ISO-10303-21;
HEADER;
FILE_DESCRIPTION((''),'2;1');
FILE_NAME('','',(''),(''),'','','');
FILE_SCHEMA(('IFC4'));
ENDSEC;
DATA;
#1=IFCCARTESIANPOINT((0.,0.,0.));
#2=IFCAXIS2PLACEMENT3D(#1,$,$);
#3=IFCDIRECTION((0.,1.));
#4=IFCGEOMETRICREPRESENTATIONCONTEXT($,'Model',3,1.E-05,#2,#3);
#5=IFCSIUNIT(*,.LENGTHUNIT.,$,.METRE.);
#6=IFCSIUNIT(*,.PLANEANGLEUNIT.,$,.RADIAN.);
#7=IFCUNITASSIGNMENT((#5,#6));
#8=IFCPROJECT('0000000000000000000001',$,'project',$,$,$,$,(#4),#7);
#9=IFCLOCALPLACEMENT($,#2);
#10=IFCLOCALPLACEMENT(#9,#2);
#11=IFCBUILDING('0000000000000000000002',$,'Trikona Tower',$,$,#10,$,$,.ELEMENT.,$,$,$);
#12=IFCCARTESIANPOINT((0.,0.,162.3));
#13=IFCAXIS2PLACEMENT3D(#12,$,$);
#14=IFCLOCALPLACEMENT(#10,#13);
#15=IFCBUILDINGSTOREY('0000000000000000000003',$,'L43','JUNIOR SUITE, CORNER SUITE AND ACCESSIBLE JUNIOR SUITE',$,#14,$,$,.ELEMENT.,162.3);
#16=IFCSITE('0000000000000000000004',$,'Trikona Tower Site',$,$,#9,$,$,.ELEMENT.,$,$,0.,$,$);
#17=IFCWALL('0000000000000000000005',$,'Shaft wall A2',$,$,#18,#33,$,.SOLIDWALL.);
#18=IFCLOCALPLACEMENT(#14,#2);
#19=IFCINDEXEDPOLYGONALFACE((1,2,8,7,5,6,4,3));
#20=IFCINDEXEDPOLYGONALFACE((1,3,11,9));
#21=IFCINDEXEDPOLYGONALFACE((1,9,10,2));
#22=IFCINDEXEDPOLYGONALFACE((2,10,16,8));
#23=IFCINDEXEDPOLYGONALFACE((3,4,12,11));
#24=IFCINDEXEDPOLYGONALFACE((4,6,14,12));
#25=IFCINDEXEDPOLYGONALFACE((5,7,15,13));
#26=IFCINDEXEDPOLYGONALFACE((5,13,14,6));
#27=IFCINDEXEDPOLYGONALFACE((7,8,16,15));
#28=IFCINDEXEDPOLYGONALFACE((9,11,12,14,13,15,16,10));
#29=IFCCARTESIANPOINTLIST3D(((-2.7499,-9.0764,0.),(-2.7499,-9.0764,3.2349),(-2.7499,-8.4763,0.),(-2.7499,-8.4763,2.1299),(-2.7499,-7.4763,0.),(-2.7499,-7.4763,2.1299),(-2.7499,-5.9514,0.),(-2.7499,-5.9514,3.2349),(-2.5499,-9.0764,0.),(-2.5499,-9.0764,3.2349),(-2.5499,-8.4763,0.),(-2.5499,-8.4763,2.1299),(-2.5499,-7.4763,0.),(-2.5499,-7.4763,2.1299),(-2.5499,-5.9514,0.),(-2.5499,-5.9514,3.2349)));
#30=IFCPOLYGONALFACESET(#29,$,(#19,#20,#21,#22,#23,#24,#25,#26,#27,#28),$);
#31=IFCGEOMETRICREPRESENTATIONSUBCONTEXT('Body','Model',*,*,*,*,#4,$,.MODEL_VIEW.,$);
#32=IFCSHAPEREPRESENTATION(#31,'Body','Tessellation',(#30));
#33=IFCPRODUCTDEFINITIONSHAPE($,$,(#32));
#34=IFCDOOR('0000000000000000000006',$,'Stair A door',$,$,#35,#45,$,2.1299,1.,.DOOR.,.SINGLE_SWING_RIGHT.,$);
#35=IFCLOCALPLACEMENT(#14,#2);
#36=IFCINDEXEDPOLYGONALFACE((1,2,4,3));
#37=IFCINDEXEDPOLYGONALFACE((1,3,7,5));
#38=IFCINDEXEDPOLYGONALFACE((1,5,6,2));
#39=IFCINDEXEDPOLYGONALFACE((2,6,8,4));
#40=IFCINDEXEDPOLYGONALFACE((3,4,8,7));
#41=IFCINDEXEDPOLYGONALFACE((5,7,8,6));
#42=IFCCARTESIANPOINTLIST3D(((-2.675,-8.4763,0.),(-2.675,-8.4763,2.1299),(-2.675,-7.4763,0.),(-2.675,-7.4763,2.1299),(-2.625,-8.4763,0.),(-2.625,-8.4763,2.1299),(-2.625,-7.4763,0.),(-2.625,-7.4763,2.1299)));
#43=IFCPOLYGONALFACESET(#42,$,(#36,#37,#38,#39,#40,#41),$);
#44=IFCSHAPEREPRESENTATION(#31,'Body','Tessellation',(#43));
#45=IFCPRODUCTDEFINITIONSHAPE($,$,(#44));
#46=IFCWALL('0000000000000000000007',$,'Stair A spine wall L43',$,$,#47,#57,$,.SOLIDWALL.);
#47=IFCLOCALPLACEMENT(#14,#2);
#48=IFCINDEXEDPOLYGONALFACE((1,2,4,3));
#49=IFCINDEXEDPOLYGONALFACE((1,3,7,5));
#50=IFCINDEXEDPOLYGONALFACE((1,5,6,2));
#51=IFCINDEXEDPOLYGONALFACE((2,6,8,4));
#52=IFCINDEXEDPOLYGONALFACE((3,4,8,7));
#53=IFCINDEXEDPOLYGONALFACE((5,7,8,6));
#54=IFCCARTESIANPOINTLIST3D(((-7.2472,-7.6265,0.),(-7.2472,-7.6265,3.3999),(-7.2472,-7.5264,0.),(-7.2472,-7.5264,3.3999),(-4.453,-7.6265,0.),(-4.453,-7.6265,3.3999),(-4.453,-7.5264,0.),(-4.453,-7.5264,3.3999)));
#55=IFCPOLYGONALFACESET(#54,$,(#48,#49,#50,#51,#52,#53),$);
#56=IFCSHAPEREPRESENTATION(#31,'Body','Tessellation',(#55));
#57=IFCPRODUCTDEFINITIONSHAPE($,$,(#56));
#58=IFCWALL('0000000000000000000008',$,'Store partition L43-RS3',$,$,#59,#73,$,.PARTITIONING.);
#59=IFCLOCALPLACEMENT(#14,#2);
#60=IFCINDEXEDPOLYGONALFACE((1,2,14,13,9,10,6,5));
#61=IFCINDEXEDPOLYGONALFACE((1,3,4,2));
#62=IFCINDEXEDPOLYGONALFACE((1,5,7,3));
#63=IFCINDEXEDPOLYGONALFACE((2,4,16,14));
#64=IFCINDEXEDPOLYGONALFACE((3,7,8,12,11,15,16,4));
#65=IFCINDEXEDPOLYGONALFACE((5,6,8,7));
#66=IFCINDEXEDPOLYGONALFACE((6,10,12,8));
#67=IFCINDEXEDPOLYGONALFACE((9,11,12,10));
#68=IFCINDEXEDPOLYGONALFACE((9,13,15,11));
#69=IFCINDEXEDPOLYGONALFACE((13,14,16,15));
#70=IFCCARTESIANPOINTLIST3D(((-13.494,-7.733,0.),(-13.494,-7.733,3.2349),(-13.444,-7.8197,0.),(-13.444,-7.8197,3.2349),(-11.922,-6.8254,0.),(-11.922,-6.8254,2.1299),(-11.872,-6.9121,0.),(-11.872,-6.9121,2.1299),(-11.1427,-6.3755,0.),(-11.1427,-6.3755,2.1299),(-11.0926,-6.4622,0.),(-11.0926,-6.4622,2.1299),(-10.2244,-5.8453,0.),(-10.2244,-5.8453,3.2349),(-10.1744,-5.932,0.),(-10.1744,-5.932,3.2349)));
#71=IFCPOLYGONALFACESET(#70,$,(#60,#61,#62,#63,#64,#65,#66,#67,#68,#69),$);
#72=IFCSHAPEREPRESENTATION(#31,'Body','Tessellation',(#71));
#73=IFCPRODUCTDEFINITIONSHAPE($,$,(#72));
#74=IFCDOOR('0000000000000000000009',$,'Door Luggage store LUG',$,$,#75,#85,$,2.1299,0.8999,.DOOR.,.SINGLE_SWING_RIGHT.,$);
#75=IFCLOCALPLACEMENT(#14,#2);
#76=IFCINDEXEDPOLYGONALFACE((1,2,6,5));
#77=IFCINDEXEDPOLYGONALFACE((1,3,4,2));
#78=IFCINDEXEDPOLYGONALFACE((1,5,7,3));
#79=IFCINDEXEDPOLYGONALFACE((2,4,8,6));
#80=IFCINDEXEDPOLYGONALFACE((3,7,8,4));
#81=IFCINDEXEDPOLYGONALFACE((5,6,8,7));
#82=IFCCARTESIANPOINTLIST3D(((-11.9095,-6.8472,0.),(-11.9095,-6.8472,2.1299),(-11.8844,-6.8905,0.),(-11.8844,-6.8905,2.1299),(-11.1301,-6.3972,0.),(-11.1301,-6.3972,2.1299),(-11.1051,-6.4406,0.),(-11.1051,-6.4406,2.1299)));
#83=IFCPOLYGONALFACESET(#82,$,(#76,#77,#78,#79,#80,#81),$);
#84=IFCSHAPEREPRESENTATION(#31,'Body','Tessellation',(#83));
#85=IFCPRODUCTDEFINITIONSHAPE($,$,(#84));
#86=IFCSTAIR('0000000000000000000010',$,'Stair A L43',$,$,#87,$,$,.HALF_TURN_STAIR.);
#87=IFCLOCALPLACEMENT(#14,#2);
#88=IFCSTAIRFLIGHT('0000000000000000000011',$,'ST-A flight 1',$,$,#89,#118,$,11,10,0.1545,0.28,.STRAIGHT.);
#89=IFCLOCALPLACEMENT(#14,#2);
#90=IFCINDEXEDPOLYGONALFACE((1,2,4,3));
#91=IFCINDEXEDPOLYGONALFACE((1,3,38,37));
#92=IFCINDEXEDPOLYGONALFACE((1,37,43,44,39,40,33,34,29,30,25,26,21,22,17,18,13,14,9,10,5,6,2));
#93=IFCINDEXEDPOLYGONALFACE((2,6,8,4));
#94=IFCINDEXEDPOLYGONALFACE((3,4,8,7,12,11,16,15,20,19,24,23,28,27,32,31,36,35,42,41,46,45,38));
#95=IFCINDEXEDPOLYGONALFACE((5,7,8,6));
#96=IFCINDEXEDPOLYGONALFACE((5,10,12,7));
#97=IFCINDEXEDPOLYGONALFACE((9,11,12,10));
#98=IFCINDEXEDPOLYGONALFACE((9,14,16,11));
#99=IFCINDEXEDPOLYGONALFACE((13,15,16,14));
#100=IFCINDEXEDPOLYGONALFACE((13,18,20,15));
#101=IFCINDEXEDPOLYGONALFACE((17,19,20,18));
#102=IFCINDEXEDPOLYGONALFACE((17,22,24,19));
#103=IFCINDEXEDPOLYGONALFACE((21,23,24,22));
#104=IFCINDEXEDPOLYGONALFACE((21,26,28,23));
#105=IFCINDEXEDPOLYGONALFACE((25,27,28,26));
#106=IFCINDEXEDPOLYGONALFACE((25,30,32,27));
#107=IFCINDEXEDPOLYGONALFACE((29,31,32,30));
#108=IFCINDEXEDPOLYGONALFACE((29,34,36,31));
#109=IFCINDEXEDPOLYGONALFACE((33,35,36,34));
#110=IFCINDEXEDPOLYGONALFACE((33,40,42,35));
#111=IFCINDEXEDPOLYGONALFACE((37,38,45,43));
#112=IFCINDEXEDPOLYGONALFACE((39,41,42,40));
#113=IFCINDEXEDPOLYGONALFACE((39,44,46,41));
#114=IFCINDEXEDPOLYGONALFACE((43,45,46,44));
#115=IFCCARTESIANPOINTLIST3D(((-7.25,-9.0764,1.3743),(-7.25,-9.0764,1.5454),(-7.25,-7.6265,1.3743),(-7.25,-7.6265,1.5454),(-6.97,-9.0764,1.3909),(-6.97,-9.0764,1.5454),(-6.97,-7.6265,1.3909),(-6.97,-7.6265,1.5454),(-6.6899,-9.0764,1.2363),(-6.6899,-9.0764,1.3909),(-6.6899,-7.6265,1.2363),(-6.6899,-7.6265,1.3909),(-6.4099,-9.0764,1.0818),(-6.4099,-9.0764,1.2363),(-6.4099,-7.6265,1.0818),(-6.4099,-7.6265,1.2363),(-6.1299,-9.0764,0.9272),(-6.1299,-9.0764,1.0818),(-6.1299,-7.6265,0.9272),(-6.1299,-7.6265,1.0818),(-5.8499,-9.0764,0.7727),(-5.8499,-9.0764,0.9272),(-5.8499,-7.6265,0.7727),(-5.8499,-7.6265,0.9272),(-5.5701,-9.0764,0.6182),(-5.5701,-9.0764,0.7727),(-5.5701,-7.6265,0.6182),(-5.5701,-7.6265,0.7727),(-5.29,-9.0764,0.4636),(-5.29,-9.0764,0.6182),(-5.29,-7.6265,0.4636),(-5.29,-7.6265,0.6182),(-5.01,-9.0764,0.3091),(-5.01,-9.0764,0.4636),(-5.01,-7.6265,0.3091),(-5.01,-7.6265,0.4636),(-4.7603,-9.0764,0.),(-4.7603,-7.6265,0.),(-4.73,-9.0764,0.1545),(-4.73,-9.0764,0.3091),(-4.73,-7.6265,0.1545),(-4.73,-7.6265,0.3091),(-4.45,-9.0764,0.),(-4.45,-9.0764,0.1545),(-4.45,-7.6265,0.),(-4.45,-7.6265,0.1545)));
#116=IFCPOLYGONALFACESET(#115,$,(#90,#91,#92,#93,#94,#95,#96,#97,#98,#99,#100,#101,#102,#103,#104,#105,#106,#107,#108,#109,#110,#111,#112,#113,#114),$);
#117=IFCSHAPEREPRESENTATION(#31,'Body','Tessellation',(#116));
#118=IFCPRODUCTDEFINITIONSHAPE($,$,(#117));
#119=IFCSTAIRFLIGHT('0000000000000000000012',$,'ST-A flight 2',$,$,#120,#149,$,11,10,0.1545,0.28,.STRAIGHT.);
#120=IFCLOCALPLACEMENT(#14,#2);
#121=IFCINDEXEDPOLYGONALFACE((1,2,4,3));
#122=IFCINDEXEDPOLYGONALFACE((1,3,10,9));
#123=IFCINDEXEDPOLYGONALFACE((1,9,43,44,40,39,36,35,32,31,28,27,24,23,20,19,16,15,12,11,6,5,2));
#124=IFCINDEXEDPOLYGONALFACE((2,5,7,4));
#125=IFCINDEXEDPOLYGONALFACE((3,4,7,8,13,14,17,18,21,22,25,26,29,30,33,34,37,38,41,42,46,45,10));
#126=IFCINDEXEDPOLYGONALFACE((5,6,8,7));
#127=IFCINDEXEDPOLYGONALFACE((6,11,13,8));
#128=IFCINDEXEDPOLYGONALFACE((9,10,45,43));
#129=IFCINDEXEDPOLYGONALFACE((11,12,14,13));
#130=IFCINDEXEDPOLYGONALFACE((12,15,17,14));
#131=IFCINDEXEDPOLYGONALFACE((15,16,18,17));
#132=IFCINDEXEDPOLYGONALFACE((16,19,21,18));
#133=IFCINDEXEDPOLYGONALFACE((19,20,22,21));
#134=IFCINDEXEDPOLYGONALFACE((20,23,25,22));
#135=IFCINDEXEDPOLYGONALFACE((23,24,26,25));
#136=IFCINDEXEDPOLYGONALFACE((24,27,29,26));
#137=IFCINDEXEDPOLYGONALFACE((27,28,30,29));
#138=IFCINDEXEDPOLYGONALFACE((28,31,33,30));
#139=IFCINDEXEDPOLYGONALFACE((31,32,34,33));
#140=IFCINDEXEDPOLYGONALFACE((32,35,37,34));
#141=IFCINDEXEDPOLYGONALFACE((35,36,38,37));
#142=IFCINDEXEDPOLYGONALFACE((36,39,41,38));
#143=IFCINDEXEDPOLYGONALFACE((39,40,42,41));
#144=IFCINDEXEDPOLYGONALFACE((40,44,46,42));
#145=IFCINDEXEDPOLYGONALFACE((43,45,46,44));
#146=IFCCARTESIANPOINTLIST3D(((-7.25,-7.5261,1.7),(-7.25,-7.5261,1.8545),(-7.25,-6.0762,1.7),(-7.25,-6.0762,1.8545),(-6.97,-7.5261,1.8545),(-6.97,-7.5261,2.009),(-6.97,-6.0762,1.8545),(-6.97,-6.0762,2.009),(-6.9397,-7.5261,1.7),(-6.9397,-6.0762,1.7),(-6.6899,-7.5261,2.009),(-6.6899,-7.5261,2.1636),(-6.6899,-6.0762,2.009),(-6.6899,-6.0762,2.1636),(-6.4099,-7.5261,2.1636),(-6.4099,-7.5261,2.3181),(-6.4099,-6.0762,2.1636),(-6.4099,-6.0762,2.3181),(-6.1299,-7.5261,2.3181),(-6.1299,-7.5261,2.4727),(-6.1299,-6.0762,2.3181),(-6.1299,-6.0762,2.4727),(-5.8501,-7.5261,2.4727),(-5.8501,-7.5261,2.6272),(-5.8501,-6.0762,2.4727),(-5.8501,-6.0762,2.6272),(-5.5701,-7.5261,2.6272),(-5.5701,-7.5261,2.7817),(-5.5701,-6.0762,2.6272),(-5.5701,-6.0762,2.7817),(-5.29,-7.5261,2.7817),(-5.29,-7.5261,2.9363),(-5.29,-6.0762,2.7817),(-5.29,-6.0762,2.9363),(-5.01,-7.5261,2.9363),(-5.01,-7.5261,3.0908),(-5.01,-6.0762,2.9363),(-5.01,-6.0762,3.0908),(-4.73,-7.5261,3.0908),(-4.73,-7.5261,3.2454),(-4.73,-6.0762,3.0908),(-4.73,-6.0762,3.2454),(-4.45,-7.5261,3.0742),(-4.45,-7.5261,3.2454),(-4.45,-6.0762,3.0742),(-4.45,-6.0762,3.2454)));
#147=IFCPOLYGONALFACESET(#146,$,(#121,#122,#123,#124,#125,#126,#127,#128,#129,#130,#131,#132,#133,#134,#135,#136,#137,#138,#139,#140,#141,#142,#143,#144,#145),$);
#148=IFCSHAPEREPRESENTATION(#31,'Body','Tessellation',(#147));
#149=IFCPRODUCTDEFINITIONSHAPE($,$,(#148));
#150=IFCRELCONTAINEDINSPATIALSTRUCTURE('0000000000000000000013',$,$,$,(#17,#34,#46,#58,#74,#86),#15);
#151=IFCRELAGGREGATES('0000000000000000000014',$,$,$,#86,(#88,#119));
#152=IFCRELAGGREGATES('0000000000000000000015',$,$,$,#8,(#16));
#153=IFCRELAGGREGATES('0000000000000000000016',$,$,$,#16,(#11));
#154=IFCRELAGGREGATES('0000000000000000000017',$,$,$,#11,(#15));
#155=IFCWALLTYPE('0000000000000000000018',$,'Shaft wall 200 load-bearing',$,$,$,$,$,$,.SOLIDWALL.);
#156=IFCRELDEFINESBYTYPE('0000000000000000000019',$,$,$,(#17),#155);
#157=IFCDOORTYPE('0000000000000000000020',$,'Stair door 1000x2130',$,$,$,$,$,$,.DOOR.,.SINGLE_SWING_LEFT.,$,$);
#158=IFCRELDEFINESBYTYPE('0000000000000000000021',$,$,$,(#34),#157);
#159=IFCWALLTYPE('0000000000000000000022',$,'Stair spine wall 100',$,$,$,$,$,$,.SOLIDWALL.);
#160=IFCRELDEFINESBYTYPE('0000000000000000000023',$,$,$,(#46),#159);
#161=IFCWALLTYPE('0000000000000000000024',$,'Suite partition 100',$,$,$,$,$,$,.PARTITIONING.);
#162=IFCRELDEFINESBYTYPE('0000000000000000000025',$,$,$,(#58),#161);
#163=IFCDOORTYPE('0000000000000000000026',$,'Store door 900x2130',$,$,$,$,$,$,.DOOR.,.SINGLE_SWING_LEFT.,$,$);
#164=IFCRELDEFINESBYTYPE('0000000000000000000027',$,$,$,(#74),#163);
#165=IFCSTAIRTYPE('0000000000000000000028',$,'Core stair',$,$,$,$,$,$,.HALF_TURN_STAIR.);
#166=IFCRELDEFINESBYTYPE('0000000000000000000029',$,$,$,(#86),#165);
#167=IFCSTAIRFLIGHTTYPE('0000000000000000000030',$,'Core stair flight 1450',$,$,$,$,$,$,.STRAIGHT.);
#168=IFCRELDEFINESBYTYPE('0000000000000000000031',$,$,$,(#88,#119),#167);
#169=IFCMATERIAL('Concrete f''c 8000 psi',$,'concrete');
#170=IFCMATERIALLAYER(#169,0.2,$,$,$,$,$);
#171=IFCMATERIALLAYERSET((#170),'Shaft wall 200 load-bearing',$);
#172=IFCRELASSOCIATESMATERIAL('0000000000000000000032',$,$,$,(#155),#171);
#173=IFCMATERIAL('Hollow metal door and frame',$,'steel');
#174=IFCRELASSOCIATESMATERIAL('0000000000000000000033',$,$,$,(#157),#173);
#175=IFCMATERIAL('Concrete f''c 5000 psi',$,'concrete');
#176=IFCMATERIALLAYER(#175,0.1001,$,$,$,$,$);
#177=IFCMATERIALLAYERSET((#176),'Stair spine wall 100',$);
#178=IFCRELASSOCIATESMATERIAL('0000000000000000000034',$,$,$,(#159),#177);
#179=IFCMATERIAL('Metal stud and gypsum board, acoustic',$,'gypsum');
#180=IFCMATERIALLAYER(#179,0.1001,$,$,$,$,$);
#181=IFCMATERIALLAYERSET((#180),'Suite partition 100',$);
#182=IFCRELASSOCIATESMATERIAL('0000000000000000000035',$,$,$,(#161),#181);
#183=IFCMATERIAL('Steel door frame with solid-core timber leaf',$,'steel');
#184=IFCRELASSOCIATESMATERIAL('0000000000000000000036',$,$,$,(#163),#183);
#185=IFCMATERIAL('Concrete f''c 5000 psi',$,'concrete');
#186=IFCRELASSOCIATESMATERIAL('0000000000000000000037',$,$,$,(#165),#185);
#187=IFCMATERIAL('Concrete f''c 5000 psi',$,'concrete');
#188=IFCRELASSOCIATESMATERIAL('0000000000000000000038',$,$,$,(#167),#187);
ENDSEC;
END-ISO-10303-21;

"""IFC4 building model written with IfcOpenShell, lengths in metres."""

from ifc_helpers import new_model, si_unit, direction, frame, frame_2d, origin, place, context, subcontext, project, spatial, polyline, rectangle, outline, extrude, material, layer, layer_set, type_object, element, fill, aggregate, save


model = new_model("IFC4")

# Units and contexts
model_context = context("Model", 3, precision=1e-05, world=origin(), true_north=direction((0.0, 1.0)))
body_context = subcontext(model_context, "Body", "Model", "MODEL_VIEW")
ifc_project = project(units=[si_unit("LENGTHUNIT", "METRE"), si_unit("PLANEANGLEUNIT", "RADIAN")], contexts=[model_context])

# Site, building, storey
site_placement = place(None, origin())
site = spatial("IfcSite", under=ifc_project, at=site_placement, Name="Trikona Tower Site", CompositionType="ELEMENT", RefElevation=0.0)
building_placement = place(site_placement, origin())
building = spatial("IfcBuilding", under=site, at=building_placement, Name="Trikona Tower", CompositionType="ELEMENT")
storey_placement = place(building_placement, frame((0.0, 0.0, 162.3)))
storey = spatial("IfcBuildingStorey", under=building, at=storey_placement, Name="L43", Description="JUNIOR SUITE, CORNER SUITE AND ACCESSIBLE JUNIOR SUITE", CompositionType="ELEMENT", Elevation=162.3)

# Shared definitions
ifc_material_1 = material(Name="Concrete f'c 8000 psi", Category="concrete")
ifc_layer_1 = layer(ifc_material_1, 0.2)
ifc_layer_set_1 = layer_set([ifc_layer_1], Name="Shaft wall 200 load-bearing")
wall_type_1 = type_object("IfcWallType", Name="Shaft wall 200 load-bearing", PredefinedType="SOLIDWALL", material=ifc_layer_set_1)

# Wall, opening, door
wall_1_placement = place(storey_placement, frame((-2.6499, -5.9514, 0.0), z_axis=(0.0, 0.0, 1.0), x_axis=(0.0, -1.0, 0.0)))
wall_1 = element("IfcWall", 1, at=wall_1_placement, inside=storey, type_object=wall_type_1, Name="Shaft wall A2", PredefinedType="SOLIDWALL", context=body_context, shape_type="SweptSolid", body=[
    extrude(rectangle(XDim=3.125, YDim=0.2, at=frame_2d((1.5625, 0.0))), origin(), (0.0, 0.0, 1.0), 3.2349),
])
opening_1_placement = place(wall_1_placement, frame((1.5249, 0.0, 0.0)))
opening_1 = element("IfcOpeningElement", 2, at=opening_1_placement, cuts=wall_1, PredefinedType="OPENING", context=body_context, shape_type="SweptSolid", body=[
    extrude(rectangle(XDim=1.0, YDim=2.1299, at=frame_2d((0.5, 1.0649))), frame((0.0, 0.1099, 0.0), z_axis=(0.0, -1.0, 0.0), x_axis=(1.0, 0.0, 0.0)), (0.0, 0.0, 1.0), 0.22),
])
ifc_material_2 = material(Name="Hollow metal door and frame", Category="steel")
door_type_1 = type_object("IfcDoorType", Name="Stair door 1000x2130", OperationType="SINGLE_SWING_LEFT", PredefinedType="DOOR", material=ifc_material_2)
door_1_placement = place(opening_1_placement, origin())
door_1 = element("IfcDoor", 3, at=door_1_placement, inside=storey, type_object=door_type_1, Name="Stair A door", OperationType="SINGLE_SWING_RIGHT", OverallHeight=2.1299, OverallWidth=1.0, PredefinedType="DOOR", context=body_context, shape_type="SweptSolid", body=[
    extrude(rectangle(XDim=1.0, YDim=2.1299, at=frame_2d((0.5, 1.0649))), frame((0.0, 0.0249, 0.0), z_axis=(0.0, -1.0, 0.0), x_axis=(1.0, 0.0, 0.0)), (0.0, 0.0, 1.0), 0.05),
])
fill(opening_1, door_1)

# Wall
ifc_material_3 = material(Name="Concrete f'c 5000 psi", Category="concrete")
ifc_layer_2 = layer(ifc_material_3, 0.1001)
ifc_layer_set_2 = layer_set([ifc_layer_2], Name="Stair spine wall 100")
wall_type_2 = type_object("IfcWallType", Name="Stair spine wall 100", PredefinedType="SOLIDWALL", material=ifc_layer_set_2)
wall_2_placement = place(storey_placement, frame((-7.2471, -7.5764, 0.0), z_axis=(0.0, 0.0, 1.0), x_axis=(1.0, 0.0, 0.0)))
element("IfcWall", 4, at=wall_2_placement, inside=storey, type_object=wall_type_2, Name="Stair A spine wall L43", PredefinedType="SOLIDWALL", context=body_context, shape_type="SweptSolid", body=[
    extrude(rectangle(XDim=2.7942, YDim=0.1001, at=frame_2d((1.397, 0.0))), origin(), (0.0, 0.0, 1.0), 3.3999),
])

# Wall, opening, door
ifc_material_4 = material(Name="Metal stud and gypsum board, acoustic", Category="gypsum")
ifc_layer_3 = layer(ifc_material_4, 0.1001)
ifc_layer_set_3 = layer_set([ifc_layer_3], Name="Suite partition 100")
wall_type_3 = type_object("IfcWallType", Name="Suite partition 100", PredefinedType="PARTITIONING", material=ifc_layer_set_3)
wall_3_placement = place(storey_placement, frame((-13.469, -7.7764, 0.0), z_axis=(0.0, 0.0, 1.0), x_axis=(0.866022, 0.500006, 0.0)))
wall_3 = element("IfcWall", 5, at=wall_3_placement, inside=storey, type_object=wall_type_3, Name="Store partition L43-RS3", PredefinedType="PARTITIONING", context=body_context, shape_type="SweptSolid", body=[
    extrude(rectangle(XDim=3.7754, YDim=0.1001, at=frame_2d((1.8877, 0.0))), origin(), (0.0, 0.0, 1.0), 3.2349),
])
opening_2_placement = place(wall_3_placement, frame((1.8152, 0.0, 0.0)))
opening_2 = element("IfcOpeningElement", 6, at=opening_2_placement, cuts=wall_3, PredefinedType="OPENING", context=body_context, shape_type="SweptSolid", body=[
    extrude(rectangle(XDim=0.8999, YDim=2.1299, at=frame_2d((0.45, 1.0649))), frame((0.0, 0.0601, 0.0), z_axis=(0.0, -1.0, 0.0), x_axis=(1.0, 0.0, 0.0)), (0.0, 0.0, 1.0), 0.1201),
])
ifc_material_5 = material(Name="Steel door frame with solid-core timber leaf", Category="steel")
door_type_2 = type_object("IfcDoorType", Name="Store door 900x2130", OperationType="SINGLE_SWING_LEFT", PredefinedType="DOOR", material=ifc_material_5)
door_2_placement = place(opening_2_placement, origin())
door_2 = element("IfcDoor", 7, at=door_2_placement, inside=storey, type_object=door_type_2, Name="Door Luggage store LUG", OperationType="SINGLE_SWING_RIGHT", OverallHeight=2.1299, OverallWidth=0.8999, PredefinedType="DOOR", context=body_context, shape_type="SweptSolid", body=[
    extrude(rectangle(XDim=0.8999, YDim=2.1299, at=frame_2d((0.45, 1.0649))), frame((0.0, 0.0249, 0.0), z_axis=(0.0, -1.0, 0.0), x_axis=(1.0, 0.0, 0.0)), (0.0, 0.0, 1.0), 0.05),
])
fill(opening_2, door_2)

# Stair, stair flights
ifc_material_6 = material(Name="Concrete f'c 5000 psi", Category="concrete")
stair_type = type_object("IfcStairType", Name="Core stair", PredefinedType="HALF_TURN_STAIR", material=ifc_material_6)
stair_placement = place(storey_placement, origin())
stair = element("IfcStair", 8, at=stair_placement, inside=storey, type_object=stair_type, Name="Stair A L43", PredefinedType="HALF_TURN_STAIR")
ifc_material_7 = material(Name="Concrete f'c 5000 psi", Category="concrete")
stair_flight_type = type_object("IfcStairFlightType", Name="Core stair flight 1450", PredefinedType="STRAIGHT", material=ifc_material_7)
stair_flight_1_placement = place(storey_placement, frame((-4.45, -8.3513, 0.0), z_axis=(0.0, 0.0, 1.0), x_axis=(-1.0, 0.0, 0.0)))
stair_flight_1 = element("IfcStairFlight", 9, at=stair_flight_1_placement, type_object=stair_flight_type, Name="ST-A flight 1", NumberOfRisers=11, NumberOfTreads=10, PredefinedType="STRAIGHT", RiserHeight=0.1545, TreadLength=0.28, context=body_context, shape_type="SweptSolid", body=[
    extrude(outline(polyline([(0.0, 0.0), (0.0, 0.1545), (0.28, 0.1545), (0.28, 0.3091), (0.5601, 0.3091), (0.5601, 0.4636), (0.8401, 0.4636), (0.8401, 0.6182), (1.1201, 0.6182), (1.1201, 0.7727), (1.3999, 0.7727), (1.3999, 0.9272), (1.6799, 0.9272), (1.6799, 1.0818), (1.96, 1.0818), (1.96, 1.2363), (2.24, 1.2363), (2.24, 1.3909), (2.52, 1.3909), (2.52, 1.5454), (2.8, 1.5454), (2.8, 1.7), (2.8, 1.3743), (0.3103, 0.0), (0.0, 0.0)])), frame((0.0, 0.7251, 0.0), z_axis=(0.0, -1.0, 0.0), x_axis=(1.0, 0.0, 0.0)), (0.0, 0.0, 1.0), 1.45),
])
stair_flight_2_placement = place(storey_placement, frame((-7.25, -6.8013, 1.7), z_axis=(0.0, 0.0, 1.0), x_axis=(1.0, 0.0, 0.0)))
stair_flight_2 = element("IfcStairFlight", 10, at=stair_flight_2_placement, type_object=stair_flight_type, Name="ST-A flight 2", NumberOfRisers=11, NumberOfTreads=10, PredefinedType="STRAIGHT", RiserHeight=0.1545, TreadLength=0.28, context=body_context, shape_type="SweptSolid", body=[
    extrude(outline(polyline([(0.0, 0.0), (0.0, 0.1545), (0.28, 0.1545), (0.28, 0.3091), (0.5601, 0.3091), (0.5601, 0.4636), (0.8401, 0.4636), (0.8401, 0.6182), (1.1201, 0.6182), (1.1201, 0.7727), (1.3999, 0.7727), (1.3999, 0.9272), (1.6799, 0.9272), (1.6799, 1.0818), (1.96, 1.0818), (1.96, 1.2363), (2.24, 1.2363), (2.24, 1.3909), (2.52, 1.3909), (2.52, 1.5454), (2.8, 1.5454), (2.8, 1.7), (2.8, 1.3743), (0.3103, 0.0), (0.0, 0.0)])), frame((0.0, 0.7251, 0.0), z_axis=(0.0, -1.0, 0.0), x_axis=(1.0, 0.0, 0.0)), (0.0, 0.0, 1.0), 1.45),
])
aggregate(stair, [stair_flight_1, stair_flight_2])

save(model, "model.ifc")
